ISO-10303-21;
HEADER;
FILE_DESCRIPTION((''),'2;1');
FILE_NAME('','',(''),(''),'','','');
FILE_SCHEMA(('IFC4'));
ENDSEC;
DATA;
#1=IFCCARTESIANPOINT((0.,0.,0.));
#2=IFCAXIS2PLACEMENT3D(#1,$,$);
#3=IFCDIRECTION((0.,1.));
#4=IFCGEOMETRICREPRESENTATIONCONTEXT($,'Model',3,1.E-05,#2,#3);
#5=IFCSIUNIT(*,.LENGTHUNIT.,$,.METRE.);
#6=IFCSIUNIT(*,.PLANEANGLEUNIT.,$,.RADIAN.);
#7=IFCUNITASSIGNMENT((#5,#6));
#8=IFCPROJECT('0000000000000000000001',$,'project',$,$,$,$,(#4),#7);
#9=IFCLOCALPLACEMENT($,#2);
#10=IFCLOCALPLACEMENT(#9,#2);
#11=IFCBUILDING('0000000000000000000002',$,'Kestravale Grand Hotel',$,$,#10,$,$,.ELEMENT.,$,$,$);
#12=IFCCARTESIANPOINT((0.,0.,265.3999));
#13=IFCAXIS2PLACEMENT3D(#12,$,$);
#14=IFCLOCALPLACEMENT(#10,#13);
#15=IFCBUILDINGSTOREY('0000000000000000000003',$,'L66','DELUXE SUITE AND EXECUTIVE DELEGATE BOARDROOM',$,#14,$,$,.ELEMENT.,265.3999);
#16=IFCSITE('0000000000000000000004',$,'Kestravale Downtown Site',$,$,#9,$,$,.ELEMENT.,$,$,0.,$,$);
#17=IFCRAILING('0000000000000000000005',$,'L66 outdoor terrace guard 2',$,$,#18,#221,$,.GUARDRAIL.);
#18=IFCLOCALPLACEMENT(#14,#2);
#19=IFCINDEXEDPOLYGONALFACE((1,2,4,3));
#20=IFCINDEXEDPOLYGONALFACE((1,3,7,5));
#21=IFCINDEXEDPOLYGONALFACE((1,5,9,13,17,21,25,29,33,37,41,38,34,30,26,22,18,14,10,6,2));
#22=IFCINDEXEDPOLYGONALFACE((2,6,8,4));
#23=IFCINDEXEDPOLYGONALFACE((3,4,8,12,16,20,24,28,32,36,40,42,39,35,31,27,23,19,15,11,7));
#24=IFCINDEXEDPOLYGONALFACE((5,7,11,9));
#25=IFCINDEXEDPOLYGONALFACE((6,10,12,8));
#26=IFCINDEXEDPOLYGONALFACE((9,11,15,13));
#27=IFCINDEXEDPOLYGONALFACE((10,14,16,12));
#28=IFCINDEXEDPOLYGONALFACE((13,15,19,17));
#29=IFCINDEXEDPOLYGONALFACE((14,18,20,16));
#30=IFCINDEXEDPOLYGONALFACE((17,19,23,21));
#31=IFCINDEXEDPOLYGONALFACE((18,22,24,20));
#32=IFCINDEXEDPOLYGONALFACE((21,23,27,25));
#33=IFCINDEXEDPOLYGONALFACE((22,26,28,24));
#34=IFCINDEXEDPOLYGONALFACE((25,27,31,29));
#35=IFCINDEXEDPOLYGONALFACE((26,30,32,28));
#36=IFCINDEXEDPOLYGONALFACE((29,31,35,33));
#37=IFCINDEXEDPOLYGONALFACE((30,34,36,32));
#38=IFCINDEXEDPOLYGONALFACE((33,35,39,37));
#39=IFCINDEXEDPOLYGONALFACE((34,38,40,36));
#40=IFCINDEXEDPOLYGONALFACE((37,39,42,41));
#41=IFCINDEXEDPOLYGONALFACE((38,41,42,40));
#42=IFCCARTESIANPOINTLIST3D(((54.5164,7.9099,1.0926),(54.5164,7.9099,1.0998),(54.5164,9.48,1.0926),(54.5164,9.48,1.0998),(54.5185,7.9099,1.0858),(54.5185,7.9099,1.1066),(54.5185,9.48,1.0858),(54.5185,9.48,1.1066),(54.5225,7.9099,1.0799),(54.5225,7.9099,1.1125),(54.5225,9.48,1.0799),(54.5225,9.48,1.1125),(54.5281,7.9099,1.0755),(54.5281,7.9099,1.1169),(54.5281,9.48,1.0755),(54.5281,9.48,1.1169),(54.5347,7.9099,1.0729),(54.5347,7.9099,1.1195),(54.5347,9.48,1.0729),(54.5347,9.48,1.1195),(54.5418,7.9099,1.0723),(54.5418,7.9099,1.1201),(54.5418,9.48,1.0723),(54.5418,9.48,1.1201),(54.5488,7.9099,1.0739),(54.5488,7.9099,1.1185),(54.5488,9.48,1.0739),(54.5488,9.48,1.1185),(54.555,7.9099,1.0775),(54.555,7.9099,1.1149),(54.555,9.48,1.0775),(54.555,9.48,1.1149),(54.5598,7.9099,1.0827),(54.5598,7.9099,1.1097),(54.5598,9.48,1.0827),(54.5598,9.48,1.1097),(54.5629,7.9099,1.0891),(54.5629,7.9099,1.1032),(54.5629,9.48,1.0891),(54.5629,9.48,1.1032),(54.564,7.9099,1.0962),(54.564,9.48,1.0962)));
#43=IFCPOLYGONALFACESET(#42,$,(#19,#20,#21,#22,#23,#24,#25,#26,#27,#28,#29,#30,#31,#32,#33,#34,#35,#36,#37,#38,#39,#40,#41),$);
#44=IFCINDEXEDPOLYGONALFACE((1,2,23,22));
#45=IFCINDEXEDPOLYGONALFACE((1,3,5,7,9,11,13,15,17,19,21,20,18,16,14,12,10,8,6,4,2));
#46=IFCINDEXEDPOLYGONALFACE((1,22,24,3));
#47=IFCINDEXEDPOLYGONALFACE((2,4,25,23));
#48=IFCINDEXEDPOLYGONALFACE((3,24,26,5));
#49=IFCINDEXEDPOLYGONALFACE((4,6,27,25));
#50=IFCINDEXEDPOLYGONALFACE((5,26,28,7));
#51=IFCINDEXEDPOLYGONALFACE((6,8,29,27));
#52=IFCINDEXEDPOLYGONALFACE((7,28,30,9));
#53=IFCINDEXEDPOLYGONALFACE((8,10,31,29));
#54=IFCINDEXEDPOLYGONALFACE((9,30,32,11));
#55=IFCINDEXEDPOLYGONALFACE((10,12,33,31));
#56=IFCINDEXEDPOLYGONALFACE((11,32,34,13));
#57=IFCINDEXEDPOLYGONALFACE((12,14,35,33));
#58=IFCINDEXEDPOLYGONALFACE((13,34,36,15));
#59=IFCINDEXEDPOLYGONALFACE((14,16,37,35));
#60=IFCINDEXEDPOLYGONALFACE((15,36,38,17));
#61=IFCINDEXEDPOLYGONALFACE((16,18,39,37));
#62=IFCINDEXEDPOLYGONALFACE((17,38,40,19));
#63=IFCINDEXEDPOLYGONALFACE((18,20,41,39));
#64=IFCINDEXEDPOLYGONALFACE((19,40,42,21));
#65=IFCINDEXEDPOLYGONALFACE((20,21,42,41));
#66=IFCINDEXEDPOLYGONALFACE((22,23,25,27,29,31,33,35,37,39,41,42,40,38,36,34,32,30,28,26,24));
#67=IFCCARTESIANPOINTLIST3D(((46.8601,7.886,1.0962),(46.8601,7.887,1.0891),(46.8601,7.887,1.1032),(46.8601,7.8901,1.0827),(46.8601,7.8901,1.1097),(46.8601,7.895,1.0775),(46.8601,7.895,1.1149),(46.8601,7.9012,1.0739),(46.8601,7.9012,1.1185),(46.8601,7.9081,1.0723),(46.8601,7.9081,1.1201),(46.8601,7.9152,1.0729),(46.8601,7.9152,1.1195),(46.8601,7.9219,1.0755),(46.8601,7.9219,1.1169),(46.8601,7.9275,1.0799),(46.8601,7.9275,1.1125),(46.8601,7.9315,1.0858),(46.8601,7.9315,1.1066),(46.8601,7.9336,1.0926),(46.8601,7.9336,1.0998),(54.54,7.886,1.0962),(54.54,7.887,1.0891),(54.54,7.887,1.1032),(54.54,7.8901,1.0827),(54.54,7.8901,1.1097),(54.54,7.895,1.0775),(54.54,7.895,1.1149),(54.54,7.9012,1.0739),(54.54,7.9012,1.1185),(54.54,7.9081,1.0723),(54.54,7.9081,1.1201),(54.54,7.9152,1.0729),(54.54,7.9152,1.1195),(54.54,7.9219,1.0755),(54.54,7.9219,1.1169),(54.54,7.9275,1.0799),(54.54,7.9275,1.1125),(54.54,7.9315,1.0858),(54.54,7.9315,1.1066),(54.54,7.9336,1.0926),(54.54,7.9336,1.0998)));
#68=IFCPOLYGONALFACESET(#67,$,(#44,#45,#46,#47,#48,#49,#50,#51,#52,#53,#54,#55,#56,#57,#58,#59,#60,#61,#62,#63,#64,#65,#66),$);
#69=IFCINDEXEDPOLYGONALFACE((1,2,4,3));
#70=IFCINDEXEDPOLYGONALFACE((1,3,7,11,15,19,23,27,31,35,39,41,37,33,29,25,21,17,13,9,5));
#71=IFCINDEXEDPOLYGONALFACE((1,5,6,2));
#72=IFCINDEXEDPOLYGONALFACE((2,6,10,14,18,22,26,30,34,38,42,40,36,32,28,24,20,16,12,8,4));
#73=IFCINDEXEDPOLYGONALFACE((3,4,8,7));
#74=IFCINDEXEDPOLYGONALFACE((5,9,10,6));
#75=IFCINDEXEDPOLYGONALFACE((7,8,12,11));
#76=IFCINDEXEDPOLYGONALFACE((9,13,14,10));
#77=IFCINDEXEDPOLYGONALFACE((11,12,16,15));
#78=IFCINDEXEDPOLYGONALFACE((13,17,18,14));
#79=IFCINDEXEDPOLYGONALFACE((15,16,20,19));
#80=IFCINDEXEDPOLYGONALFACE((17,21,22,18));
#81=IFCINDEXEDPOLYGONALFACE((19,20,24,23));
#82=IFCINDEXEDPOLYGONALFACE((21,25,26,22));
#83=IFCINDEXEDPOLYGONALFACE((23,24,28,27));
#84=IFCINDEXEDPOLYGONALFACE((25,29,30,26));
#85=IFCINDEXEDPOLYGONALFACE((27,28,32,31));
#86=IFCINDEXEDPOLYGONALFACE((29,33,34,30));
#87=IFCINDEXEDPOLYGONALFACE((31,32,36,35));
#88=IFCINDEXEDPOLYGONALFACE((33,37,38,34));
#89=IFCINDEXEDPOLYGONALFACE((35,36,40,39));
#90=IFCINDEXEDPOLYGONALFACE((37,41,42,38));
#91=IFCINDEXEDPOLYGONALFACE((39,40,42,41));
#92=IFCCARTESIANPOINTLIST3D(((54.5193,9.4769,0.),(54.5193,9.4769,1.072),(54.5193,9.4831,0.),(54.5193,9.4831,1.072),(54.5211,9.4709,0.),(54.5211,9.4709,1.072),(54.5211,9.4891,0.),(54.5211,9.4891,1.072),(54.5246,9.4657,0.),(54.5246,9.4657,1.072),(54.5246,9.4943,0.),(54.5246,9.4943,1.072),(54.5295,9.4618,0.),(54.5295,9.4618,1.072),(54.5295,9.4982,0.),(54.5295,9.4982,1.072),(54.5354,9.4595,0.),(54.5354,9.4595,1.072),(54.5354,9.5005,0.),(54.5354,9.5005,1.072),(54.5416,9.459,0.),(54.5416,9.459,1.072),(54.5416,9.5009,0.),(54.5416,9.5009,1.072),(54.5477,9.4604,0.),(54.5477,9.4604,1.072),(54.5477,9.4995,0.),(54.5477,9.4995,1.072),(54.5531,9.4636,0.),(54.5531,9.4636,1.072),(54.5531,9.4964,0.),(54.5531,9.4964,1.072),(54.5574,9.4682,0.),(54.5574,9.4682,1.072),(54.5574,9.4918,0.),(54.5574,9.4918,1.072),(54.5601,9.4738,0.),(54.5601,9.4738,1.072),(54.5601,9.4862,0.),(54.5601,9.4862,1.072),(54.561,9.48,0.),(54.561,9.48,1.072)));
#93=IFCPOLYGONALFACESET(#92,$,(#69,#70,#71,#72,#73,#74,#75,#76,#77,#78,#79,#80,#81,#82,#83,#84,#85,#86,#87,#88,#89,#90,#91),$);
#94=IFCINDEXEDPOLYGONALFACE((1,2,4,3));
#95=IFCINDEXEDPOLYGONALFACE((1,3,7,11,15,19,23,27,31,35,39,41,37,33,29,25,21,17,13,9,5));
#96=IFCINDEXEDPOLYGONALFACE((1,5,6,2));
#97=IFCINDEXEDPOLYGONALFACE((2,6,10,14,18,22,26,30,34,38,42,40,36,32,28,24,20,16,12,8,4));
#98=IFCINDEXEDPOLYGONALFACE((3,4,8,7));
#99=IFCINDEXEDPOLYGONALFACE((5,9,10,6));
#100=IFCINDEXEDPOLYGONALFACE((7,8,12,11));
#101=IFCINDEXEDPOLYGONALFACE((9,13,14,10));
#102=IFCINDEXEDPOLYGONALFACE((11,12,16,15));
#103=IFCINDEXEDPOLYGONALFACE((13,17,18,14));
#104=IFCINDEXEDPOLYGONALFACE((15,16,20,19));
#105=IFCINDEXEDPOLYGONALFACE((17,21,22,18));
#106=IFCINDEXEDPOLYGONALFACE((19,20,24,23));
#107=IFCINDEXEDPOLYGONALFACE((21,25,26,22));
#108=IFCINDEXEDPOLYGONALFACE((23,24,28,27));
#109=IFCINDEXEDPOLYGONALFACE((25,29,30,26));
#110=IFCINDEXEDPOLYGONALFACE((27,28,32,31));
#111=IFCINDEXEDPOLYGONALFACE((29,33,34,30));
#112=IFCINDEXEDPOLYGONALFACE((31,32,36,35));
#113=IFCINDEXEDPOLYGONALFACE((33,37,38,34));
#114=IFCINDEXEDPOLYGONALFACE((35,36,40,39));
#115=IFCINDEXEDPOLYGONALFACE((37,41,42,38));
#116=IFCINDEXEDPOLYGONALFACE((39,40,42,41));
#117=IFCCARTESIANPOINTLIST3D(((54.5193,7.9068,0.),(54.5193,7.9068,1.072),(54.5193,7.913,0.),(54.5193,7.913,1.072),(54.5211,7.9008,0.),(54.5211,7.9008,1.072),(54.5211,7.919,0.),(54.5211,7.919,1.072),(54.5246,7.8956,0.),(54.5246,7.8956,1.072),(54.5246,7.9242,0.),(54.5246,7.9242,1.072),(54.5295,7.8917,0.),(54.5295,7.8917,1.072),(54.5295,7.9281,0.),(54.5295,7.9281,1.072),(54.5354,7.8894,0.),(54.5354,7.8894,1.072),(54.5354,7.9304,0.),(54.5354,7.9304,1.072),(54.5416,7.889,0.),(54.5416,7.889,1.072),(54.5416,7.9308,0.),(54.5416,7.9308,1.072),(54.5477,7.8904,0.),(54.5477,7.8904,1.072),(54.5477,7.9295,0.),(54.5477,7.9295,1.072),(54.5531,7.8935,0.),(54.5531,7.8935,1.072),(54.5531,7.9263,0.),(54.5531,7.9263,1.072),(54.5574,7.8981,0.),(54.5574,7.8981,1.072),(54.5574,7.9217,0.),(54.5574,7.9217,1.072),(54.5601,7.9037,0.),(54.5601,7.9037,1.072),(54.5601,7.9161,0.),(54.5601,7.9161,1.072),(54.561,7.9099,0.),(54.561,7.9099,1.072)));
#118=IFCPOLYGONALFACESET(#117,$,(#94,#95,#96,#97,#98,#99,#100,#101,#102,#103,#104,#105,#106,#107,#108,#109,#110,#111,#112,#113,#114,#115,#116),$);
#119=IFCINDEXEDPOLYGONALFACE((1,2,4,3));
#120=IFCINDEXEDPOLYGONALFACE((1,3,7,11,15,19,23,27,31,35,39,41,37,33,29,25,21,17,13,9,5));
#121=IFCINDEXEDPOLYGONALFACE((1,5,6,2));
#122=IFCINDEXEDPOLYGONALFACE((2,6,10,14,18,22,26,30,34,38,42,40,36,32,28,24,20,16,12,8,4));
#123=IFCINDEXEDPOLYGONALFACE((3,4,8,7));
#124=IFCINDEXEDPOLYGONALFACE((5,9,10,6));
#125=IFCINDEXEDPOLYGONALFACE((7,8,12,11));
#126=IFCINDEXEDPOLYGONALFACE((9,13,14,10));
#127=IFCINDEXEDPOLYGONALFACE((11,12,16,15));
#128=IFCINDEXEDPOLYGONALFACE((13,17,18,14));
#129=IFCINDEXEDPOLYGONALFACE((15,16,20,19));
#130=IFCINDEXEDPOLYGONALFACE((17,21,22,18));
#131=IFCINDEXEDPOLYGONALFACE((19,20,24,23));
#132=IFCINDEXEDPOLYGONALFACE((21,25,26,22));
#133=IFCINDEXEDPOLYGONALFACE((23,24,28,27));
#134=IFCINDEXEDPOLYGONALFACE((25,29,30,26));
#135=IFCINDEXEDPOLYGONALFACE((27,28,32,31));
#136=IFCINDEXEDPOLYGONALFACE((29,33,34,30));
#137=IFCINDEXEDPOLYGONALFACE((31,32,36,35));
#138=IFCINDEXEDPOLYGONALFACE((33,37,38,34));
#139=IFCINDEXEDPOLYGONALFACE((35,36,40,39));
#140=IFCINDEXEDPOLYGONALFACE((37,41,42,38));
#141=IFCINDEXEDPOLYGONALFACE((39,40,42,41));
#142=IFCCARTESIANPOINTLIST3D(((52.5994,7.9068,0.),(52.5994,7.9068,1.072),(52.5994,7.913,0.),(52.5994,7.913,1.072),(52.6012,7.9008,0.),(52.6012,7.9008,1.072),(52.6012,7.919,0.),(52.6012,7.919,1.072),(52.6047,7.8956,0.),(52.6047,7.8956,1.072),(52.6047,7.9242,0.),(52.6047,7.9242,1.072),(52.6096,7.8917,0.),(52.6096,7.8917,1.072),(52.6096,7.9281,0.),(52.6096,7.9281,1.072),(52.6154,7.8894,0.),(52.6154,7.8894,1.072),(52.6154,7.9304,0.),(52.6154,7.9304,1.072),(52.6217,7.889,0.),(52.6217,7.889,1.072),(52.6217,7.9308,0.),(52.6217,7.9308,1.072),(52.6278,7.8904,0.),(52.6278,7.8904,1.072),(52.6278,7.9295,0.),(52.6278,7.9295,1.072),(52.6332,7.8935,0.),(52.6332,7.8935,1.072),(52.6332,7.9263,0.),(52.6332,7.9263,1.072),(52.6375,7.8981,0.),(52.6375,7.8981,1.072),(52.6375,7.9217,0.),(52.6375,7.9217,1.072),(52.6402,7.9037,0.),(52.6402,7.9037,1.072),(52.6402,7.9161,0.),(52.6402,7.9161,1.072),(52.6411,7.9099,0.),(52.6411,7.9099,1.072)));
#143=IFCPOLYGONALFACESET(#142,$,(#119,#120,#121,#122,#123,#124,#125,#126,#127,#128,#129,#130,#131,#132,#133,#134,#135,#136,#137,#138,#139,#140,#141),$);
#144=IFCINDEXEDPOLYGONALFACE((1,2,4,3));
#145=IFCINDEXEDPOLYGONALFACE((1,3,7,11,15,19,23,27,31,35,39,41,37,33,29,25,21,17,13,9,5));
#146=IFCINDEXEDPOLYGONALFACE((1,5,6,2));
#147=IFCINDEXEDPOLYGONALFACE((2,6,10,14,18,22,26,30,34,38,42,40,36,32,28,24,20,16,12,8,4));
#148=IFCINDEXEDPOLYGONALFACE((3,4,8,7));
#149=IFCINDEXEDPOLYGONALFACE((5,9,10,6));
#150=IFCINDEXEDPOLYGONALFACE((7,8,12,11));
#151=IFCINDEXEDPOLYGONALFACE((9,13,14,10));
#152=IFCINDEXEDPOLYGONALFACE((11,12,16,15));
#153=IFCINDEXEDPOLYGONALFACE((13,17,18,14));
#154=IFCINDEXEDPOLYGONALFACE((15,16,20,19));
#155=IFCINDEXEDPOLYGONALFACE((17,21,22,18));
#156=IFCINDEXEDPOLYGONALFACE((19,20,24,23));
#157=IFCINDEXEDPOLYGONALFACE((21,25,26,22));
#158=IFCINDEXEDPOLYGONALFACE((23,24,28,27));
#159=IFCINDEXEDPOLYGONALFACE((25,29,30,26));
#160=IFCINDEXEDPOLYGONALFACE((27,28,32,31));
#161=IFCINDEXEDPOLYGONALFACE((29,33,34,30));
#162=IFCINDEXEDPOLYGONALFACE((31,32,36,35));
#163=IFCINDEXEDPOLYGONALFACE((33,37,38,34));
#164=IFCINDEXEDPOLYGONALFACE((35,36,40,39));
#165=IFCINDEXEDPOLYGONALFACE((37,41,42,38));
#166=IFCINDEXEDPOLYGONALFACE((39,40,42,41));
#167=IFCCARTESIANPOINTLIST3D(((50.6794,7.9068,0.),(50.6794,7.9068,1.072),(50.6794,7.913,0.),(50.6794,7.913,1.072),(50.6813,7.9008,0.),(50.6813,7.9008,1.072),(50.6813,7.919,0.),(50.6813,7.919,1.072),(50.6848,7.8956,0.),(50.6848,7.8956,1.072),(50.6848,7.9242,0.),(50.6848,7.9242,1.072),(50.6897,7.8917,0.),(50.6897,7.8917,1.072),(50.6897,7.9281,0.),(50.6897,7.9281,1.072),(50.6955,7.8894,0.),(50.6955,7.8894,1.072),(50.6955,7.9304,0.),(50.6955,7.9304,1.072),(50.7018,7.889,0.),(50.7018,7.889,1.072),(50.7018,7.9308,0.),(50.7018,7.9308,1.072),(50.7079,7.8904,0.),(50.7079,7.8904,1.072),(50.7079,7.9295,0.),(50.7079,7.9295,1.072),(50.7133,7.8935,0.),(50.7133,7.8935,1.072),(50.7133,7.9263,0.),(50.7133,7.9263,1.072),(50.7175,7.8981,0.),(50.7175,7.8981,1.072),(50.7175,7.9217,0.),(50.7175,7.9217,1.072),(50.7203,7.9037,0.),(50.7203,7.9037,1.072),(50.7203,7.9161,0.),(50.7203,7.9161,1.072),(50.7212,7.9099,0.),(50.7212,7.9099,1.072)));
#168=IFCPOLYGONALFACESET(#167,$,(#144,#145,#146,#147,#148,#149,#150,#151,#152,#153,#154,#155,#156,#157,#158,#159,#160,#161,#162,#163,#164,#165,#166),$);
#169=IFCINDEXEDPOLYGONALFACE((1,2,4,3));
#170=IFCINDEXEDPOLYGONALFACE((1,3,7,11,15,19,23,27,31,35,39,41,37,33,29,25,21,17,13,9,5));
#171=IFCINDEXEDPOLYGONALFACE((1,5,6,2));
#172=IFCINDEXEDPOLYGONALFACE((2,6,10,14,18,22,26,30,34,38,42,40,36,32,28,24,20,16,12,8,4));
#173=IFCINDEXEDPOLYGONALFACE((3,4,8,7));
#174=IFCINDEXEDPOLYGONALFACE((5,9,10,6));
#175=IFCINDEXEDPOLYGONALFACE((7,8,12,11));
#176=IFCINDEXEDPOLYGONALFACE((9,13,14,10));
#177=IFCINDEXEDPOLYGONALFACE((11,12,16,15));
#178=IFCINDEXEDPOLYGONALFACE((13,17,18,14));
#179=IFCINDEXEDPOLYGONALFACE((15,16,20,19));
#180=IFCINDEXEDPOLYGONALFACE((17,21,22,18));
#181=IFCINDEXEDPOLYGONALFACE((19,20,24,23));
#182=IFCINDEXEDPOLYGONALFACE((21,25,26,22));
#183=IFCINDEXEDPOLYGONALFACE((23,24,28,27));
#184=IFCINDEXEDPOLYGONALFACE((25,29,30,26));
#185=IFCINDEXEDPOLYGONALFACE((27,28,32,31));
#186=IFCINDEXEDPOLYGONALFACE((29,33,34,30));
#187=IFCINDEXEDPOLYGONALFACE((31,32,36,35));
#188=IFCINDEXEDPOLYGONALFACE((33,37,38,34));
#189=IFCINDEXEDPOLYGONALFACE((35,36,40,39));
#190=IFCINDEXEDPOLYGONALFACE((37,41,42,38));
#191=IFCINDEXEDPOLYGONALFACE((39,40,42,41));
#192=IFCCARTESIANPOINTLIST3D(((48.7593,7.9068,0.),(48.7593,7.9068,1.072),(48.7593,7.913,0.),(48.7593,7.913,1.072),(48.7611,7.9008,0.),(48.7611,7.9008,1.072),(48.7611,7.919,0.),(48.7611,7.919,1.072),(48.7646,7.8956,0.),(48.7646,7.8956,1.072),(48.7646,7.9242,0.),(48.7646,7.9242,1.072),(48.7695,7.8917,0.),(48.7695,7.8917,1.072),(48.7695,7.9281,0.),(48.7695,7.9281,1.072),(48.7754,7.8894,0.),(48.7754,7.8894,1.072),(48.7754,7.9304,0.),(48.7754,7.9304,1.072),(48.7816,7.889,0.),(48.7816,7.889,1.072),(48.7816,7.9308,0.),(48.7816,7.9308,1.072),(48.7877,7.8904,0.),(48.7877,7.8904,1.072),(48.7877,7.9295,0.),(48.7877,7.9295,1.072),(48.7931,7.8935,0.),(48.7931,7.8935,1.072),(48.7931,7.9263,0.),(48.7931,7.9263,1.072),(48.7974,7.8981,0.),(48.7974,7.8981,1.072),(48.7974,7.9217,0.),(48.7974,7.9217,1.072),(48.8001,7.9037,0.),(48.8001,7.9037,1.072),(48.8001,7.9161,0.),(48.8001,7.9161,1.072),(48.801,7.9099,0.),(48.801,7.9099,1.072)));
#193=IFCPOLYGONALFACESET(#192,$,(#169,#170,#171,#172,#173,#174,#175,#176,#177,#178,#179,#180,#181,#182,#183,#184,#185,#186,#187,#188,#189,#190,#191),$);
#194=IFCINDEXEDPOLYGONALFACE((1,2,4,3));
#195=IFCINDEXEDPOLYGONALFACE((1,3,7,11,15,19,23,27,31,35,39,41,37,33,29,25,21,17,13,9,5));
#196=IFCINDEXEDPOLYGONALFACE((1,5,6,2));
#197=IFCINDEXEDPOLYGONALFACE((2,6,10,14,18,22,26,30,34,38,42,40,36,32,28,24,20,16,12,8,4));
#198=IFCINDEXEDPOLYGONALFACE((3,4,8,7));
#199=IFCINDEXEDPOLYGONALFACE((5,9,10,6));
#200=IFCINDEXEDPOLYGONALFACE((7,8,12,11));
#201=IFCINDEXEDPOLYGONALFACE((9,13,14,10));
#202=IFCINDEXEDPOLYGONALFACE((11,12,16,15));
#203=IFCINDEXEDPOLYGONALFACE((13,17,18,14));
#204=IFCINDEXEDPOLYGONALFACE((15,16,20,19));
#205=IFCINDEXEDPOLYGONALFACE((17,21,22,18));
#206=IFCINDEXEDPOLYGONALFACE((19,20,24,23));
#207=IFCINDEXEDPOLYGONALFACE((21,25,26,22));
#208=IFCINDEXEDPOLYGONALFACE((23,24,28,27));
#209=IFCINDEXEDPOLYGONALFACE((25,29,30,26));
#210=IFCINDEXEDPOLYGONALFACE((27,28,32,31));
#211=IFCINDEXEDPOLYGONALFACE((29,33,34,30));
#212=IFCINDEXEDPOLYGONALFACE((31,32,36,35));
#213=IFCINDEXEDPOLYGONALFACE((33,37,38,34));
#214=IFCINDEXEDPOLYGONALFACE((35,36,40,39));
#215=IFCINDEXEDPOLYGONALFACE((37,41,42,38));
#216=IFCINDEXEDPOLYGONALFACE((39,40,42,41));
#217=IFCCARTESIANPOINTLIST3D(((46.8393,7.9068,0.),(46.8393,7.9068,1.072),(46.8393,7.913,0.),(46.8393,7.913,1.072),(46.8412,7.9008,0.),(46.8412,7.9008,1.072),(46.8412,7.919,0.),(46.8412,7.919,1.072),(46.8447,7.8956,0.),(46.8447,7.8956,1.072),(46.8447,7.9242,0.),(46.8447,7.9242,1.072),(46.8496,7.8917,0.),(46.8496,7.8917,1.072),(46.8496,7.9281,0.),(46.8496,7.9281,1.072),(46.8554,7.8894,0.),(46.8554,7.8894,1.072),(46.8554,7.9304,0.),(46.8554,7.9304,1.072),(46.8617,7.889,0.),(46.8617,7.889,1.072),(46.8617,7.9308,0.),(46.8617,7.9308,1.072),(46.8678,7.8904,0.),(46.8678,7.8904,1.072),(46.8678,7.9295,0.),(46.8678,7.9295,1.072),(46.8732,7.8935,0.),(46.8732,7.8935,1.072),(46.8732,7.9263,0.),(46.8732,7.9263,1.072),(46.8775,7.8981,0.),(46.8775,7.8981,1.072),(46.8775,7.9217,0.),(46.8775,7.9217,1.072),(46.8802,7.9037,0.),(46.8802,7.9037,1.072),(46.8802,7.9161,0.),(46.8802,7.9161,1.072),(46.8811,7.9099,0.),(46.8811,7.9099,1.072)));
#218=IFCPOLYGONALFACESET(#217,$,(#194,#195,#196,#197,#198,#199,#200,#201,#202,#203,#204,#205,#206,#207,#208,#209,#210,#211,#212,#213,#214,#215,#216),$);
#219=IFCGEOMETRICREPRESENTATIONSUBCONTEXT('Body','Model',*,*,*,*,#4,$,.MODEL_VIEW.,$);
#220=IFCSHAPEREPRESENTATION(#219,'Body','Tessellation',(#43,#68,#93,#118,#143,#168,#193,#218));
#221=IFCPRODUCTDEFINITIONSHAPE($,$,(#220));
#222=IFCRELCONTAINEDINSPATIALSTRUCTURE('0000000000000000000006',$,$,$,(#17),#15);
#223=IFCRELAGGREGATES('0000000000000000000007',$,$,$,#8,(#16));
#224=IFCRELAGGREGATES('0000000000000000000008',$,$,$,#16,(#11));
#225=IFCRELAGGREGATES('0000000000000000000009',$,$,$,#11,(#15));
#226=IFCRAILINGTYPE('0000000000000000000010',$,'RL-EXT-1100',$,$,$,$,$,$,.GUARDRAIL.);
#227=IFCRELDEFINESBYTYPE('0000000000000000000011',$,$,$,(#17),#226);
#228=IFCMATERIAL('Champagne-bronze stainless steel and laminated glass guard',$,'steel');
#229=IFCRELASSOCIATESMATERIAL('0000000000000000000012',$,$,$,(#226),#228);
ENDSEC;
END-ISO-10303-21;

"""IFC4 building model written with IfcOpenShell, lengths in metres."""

from ifc_helpers import new_model, si_unit, direction, frame, origin, origin_2d, place, context, subcontext, project, spatial, circle, extrude, material, type_object, element, save


model = new_model("IFC4")

# Units and contexts
model_context = context("Model", 3, precision=1e-05, world=origin(), true_north=direction((0.0, 1.0)))
body_context = subcontext(model_context, "Body", "Model", "MODEL_VIEW")
ifc_project = project(units=[si_unit("LENGTHUNIT", "METRE"), si_unit("PLANEANGLEUNIT", "RADIAN")], contexts=[model_context])

# Site, building, storey
site_placement = place(None, origin())
site = spatial("IfcSite", under=ifc_project, at=site_placement, Name="Kestravale Downtown Site", CompositionType="ELEMENT", RefElevation=0.0)
building_placement = place(site_placement, origin())
building = spatial("IfcBuilding", under=site, at=building_placement, Name="Kestravale Grand Hotel", CompositionType="ELEMENT")
storey_placement = place(building_placement, frame((0.0, 0.0, 265.3999)))
storey = spatial("IfcBuildingStorey", under=building, at=storey_placement, Name="L66", Description="DELUXE SUITE AND EXECUTIVE DELEGATE BOARDROOM", CompositionType="ELEMENT", Elevation=265.3999)

# Railing
ifc_material_1 = material(Name="Champagne-bronze stainless steel and laminated glass guard", Category="steel")
railing_type = type_object("IfcRailingType", Name="RL-EXT-1100", PredefinedType="GUARDRAIL", material=ifc_material_1)
railing_1_placement = place(storey_placement, frame((54.54, 9.48, 0.0)))
element("IfcRailing", 1, at=railing_1_placement, inside=storey, type_object=railing_type, Name="L66 outdoor terrace guard 2", PredefinedType="GUARDRAIL", context=body_context, shape_type="SweptSolid", body=[
    extrude(circle(Radius=0.0239, at=origin_2d()), frame((0.0, 0.0, 1.0962), z_axis=(0.0, -1.0, 0.0), x_axis=(1.0, 0.0, 0.0)), (0.0, 0.0, 1.0), 1.5701),
    extrude(circle(Radius=0.0239, at=origin_2d()), frame((0.0, -1.5701, 1.0962), z_axis=(-1.0, 0.0, 0.0), x_axis=(0.0, -1.0, 0.0)), (0.0, 0.0, 1.0), 7.6799),
    extrude(circle(Radius=0.021, at=origin_2d()), origin(), (0.0, 0.0, 1.0), 1.072),
    extrude(circle(Radius=0.021, at=origin_2d()), frame((0.0, -1.5701, 0.0)), (0.0, 0.0, 1.0), 1.072),
    extrude(circle(Radius=0.021, at=origin_2d()), frame((-1.9199, -1.5701, 0.0)), (0.0, 0.0, 1.0), 1.072),
    extrude(circle(Radius=0.021, at=origin_2d()), frame((-3.8398, -1.5701, 0.0)), (0.0, 0.0, 1.0), 1.072),
    extrude(circle(Radius=0.021, at=origin_2d()), frame((-5.76, -1.5701, 0.0)), (0.0, 0.0, 1.0), 1.072),
    extrude(circle(Radius=0.021, at=origin_2d()), frame((-7.6799, -1.5701, 0.0)), (0.0, 0.0, 1.0), 1.072),
])

save(model, "model.ifc")
